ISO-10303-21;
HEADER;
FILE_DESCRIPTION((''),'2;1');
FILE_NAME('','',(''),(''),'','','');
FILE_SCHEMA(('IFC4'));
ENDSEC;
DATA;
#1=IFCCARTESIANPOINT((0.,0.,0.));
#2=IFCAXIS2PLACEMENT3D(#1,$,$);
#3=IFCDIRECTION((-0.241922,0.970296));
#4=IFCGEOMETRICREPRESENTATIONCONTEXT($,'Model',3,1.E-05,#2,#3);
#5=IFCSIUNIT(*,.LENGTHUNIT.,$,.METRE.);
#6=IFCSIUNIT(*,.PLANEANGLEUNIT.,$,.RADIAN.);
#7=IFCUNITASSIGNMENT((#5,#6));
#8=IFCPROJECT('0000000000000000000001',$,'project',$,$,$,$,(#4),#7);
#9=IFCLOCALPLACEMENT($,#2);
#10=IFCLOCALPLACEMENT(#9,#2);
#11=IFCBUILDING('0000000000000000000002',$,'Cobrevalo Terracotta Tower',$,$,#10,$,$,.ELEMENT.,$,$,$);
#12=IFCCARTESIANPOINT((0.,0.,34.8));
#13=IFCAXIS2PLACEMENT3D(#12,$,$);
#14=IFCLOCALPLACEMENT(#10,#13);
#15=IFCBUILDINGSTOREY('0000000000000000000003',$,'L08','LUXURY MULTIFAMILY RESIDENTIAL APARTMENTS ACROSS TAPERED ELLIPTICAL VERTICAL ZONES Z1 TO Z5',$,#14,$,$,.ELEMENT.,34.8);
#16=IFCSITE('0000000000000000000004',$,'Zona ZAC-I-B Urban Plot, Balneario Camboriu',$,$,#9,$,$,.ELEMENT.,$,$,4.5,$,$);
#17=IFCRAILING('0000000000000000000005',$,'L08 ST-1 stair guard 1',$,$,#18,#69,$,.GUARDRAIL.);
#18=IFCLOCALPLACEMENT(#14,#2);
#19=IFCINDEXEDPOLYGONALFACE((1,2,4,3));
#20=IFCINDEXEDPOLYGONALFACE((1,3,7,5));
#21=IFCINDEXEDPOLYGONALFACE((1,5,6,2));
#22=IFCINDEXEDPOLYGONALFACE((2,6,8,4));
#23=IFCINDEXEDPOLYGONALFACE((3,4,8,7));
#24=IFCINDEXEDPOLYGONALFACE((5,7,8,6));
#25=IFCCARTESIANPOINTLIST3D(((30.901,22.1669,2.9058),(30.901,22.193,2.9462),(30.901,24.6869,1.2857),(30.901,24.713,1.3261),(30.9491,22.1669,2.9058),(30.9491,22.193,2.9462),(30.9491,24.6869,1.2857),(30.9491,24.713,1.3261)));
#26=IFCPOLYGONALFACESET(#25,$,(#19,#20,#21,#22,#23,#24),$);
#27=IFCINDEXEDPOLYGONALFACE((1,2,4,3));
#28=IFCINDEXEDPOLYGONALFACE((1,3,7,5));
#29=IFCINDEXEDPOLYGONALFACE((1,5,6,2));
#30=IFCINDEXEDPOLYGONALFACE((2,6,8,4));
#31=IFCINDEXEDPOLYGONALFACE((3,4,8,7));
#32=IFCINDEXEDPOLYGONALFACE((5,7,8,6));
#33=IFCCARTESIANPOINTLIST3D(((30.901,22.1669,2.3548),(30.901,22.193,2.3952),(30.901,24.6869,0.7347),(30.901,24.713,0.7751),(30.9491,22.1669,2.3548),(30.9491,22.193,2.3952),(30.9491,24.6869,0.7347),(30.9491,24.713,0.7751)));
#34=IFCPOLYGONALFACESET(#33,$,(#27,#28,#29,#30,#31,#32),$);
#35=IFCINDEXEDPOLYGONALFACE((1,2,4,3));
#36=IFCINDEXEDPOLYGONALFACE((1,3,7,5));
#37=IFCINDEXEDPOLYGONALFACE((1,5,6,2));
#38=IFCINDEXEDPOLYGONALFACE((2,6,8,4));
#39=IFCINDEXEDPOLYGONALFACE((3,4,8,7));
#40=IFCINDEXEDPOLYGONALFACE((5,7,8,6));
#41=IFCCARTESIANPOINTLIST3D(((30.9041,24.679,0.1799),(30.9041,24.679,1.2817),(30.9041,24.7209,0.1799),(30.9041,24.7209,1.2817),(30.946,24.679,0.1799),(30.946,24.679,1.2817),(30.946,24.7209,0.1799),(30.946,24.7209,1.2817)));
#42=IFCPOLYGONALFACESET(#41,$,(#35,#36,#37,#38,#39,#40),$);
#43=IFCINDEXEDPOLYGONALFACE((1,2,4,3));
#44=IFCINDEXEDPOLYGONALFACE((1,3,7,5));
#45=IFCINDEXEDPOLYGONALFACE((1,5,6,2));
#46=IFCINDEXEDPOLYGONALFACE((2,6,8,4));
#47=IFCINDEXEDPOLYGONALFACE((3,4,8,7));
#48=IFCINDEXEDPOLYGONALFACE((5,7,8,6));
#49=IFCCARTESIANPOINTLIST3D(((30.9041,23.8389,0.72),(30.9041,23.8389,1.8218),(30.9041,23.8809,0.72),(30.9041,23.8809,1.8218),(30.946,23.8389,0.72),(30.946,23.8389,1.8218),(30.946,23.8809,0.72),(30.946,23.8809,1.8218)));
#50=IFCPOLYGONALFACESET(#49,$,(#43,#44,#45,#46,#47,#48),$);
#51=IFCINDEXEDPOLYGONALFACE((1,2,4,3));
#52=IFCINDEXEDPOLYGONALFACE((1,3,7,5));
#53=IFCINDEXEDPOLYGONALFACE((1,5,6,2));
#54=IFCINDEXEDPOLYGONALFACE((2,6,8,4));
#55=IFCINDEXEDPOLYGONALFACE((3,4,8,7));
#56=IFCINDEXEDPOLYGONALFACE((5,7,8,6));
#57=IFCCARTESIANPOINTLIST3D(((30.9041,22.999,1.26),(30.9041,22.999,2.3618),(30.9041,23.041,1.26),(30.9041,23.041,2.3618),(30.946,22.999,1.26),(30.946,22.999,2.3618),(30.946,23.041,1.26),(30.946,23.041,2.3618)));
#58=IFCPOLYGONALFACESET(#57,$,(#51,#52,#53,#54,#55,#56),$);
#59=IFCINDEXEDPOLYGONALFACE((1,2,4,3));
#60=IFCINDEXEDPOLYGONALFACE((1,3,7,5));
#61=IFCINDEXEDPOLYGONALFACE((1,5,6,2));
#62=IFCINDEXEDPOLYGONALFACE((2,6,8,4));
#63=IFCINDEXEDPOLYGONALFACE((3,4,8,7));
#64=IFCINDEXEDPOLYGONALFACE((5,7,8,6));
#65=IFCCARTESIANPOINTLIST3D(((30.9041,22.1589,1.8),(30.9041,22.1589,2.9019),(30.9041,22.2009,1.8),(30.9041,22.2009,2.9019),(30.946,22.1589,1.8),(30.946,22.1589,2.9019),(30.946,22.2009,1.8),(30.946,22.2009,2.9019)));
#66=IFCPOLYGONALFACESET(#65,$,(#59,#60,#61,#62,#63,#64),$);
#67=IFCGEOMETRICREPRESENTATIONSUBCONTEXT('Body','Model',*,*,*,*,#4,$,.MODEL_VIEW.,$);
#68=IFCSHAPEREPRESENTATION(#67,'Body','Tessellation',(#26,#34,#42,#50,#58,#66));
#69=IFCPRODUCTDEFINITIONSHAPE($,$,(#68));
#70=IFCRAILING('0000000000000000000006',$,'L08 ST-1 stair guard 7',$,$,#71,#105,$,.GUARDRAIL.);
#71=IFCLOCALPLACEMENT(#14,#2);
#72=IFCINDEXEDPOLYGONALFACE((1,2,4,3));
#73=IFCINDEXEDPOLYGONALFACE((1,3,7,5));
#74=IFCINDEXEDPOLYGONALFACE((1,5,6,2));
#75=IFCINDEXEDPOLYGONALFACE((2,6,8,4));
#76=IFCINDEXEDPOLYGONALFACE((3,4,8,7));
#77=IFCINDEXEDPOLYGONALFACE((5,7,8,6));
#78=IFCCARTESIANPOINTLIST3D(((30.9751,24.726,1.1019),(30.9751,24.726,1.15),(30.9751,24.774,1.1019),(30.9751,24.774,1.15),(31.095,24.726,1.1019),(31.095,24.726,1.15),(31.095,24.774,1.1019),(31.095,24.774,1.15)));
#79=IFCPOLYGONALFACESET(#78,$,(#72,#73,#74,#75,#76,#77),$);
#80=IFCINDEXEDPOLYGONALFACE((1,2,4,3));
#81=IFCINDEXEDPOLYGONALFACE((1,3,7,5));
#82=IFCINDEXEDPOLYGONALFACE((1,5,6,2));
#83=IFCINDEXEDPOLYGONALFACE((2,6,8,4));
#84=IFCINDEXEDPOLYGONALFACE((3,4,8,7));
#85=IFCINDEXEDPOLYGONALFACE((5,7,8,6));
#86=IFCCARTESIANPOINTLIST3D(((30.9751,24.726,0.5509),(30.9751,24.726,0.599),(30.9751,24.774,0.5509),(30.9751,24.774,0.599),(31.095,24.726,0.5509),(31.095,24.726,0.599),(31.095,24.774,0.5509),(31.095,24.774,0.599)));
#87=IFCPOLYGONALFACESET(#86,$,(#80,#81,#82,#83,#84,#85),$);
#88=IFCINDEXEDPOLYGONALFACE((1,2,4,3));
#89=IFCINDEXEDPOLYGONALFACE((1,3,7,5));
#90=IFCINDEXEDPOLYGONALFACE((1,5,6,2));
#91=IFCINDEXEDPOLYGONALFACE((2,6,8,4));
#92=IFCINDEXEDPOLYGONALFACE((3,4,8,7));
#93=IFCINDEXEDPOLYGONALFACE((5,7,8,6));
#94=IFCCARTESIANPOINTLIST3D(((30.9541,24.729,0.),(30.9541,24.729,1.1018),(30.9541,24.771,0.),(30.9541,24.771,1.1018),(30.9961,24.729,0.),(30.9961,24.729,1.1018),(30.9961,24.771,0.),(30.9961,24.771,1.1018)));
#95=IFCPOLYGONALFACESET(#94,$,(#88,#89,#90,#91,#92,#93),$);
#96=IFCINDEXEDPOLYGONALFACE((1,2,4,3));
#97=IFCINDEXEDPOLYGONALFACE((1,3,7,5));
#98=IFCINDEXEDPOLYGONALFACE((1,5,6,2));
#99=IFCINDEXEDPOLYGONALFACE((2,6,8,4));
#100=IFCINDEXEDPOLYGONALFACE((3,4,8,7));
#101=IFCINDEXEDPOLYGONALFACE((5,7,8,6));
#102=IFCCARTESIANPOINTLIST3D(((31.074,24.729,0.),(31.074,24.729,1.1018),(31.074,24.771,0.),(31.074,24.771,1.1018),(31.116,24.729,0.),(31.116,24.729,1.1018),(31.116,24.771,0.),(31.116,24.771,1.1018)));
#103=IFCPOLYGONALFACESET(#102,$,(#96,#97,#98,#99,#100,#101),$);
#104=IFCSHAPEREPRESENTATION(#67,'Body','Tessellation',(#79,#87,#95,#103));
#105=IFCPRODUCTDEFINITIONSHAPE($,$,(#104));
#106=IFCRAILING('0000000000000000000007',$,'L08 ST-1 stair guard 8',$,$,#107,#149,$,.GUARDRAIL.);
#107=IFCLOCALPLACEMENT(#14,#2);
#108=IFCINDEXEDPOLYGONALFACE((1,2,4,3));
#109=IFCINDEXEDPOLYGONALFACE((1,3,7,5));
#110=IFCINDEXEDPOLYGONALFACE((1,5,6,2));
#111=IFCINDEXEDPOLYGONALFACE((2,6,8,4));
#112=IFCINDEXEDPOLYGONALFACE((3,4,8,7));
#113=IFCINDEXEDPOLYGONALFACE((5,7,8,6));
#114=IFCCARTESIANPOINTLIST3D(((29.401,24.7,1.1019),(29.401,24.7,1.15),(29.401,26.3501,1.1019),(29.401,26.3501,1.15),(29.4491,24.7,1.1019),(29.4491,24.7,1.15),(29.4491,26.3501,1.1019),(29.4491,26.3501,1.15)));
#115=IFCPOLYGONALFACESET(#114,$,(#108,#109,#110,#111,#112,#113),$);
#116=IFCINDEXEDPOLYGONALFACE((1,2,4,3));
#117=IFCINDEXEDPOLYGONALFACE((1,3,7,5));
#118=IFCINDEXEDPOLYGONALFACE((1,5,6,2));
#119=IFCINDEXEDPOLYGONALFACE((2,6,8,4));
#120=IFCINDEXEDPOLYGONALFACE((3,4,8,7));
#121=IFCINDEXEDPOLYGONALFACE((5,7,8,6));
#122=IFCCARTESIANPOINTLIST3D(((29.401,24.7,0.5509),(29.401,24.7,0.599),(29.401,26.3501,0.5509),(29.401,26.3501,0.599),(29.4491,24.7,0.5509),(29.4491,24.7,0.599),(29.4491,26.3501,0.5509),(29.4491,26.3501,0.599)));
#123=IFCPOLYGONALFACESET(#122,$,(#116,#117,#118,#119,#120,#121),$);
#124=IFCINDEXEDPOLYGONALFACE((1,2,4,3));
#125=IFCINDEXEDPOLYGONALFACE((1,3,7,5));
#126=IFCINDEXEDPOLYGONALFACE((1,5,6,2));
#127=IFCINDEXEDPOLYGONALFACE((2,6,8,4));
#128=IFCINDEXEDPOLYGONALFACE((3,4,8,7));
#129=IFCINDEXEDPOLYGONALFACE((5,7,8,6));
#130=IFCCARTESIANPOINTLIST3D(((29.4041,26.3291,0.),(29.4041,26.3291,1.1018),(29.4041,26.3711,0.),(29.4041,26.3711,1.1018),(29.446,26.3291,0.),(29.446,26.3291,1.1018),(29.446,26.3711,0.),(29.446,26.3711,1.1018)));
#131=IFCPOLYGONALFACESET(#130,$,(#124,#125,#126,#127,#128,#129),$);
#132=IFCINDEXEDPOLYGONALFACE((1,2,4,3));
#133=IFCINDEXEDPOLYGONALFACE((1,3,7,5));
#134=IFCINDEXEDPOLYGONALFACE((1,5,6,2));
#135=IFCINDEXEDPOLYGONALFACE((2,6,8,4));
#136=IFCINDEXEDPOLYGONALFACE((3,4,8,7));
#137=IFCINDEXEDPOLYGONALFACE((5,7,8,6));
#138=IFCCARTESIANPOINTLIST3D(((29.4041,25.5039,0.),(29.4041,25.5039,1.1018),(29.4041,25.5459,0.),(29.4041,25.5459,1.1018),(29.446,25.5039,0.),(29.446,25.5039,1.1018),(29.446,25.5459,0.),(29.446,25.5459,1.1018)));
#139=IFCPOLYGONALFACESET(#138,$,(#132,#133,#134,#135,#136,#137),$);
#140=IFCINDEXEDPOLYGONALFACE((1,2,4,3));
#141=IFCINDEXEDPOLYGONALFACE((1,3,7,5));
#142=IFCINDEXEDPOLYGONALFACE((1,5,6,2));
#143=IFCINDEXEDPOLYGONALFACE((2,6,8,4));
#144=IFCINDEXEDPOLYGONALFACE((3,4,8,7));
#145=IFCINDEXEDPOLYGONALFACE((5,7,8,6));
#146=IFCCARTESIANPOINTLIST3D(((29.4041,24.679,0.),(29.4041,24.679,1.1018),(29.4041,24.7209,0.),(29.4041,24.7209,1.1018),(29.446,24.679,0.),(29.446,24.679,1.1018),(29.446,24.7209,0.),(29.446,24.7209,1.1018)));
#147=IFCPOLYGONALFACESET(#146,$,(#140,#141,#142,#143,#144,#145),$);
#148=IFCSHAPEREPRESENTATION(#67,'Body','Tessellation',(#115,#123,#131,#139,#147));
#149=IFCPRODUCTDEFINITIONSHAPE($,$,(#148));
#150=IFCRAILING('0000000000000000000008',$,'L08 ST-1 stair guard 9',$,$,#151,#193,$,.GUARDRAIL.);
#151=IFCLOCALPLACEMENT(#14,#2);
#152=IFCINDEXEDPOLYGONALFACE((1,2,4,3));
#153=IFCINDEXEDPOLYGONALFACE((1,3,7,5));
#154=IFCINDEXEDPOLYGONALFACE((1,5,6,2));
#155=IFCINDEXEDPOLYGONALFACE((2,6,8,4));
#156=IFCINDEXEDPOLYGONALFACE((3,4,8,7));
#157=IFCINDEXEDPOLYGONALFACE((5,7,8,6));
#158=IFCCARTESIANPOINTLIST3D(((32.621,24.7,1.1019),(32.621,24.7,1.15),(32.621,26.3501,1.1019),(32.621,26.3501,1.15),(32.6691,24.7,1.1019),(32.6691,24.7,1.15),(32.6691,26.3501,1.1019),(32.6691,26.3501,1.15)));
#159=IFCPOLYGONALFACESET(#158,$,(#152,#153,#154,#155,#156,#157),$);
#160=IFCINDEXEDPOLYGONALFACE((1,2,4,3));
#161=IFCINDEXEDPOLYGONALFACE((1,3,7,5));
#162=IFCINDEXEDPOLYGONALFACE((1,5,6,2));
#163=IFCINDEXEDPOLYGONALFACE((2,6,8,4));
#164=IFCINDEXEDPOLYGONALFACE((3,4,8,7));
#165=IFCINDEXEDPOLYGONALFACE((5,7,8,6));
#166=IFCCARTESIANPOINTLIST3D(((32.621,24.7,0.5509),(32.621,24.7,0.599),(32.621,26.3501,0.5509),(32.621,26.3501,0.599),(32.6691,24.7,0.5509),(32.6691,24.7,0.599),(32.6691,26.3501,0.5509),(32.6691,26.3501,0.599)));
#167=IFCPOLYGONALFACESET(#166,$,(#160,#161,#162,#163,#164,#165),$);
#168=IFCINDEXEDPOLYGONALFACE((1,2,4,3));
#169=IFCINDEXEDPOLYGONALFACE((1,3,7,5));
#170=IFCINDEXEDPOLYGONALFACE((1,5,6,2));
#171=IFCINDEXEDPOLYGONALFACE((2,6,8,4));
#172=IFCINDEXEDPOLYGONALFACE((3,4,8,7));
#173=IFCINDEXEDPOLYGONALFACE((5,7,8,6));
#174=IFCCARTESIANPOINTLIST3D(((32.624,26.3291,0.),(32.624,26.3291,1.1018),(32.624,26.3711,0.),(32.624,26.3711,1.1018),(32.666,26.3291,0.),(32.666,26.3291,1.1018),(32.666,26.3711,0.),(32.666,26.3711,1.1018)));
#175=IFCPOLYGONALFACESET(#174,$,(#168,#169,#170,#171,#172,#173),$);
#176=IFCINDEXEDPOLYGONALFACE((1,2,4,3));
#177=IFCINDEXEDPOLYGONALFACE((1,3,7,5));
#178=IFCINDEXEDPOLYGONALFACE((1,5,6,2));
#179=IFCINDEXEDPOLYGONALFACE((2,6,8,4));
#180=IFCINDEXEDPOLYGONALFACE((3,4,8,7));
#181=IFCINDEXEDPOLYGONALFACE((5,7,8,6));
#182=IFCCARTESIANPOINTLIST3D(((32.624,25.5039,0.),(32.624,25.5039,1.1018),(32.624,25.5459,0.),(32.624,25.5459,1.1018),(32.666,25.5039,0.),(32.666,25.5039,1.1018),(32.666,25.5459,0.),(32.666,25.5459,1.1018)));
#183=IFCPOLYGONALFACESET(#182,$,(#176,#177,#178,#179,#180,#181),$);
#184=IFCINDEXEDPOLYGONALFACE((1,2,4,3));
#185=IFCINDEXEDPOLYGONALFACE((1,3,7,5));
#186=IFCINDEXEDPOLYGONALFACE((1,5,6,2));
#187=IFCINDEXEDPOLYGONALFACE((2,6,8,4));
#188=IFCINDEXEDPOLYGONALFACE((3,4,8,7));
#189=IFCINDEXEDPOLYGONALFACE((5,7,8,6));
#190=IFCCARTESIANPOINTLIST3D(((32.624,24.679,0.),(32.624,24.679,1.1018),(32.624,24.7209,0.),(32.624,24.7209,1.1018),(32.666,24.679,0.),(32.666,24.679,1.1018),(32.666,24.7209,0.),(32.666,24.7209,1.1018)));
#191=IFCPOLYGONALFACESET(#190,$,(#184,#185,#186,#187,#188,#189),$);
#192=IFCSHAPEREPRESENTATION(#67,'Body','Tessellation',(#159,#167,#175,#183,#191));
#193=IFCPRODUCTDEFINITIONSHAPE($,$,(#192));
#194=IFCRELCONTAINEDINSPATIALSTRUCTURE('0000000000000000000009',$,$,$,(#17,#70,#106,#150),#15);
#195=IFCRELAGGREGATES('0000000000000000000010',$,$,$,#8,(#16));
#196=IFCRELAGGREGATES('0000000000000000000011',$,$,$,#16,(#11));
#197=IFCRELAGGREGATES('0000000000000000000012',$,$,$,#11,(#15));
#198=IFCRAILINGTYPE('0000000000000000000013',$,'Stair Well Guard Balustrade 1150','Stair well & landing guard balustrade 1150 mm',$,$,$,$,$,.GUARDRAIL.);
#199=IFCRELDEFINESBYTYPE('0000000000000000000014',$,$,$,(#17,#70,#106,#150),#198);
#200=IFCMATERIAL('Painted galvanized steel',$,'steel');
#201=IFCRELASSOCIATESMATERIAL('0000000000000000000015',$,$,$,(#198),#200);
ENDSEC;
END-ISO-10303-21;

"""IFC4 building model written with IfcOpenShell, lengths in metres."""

from ifc_helpers import new_model, si_unit, direction, frame, origin, origin_2d, place, context, subcontext, project, spatial, rectangle, extrude, material, type_object, element, save


model = new_model("IFC4")

# Units and contexts
model_context = context("Model", 3, precision=1e-05, world=origin(), true_north=direction((-0.241922, 0.970296)))
body_context = subcontext(model_context, "Body", "Model", "MODEL_VIEW")
ifc_project = project(units=[si_unit("LENGTHUNIT", "METRE"), si_unit("PLANEANGLEUNIT", "RADIAN")], contexts=[model_context])

# Site, building, storey
site_placement = place(None, origin())
site = spatial("IfcSite", under=ifc_project, at=site_placement, Name="Zona ZAC-I-B Urban Plot, Balneario Camboriu", CompositionType="ELEMENT", RefElevation=4.5)
building_placement = place(site_placement, origin())
building = spatial("IfcBuilding", under=site, at=building_placement, Name="Cobrevalo Terracotta Tower", CompositionType="ELEMENT")
storey_placement = place(building_placement, frame((0.0, 0.0, 34.8)))
storey = spatial("IfcBuildingStorey", under=building, at=storey_placement, Name="L08", Description="LUXURY MULTIFAMILY RESIDENTIAL APARTMENTS ACROSS TAPERED ELLIPTICAL VERTICAL ZONES Z1 TO Z5", CompositionType="ELEMENT", Elevation=34.8)

# Railings
ifc_material_1 = material(Name="Painted galvanized steel", Category="steel")
railing_type_1 = type_object("IfcRailingType", Name="Stair Well Guard Balustrade 1150", Description="Stair well & landing guard balustrade 1150 mm", PredefinedType="GUARDRAIL", material=ifc_material_1)
railing_1_placement = place(storey_placement, frame((30.925, 24.7, 0.1799)))
element("IfcRailing", 1, at=railing_1_placement, inside=storey, type_object=railing_type_1, Name="L08 ST-1 stair guard 1", PredefinedType="GUARDRAIL", context=body_context, shape_type="SweptSolid", body=[
    extrude(rectangle(XDim=0.0481, YDim=0.0481, at=origin_2d()), frame((0.0, 0.0, 1.126), z_axis=(0.0, -0.841163, 0.540782), x_axis=(1.0, 0.0, 0.0)), (0.0, 0.0, 1.0), 2.9958),
    extrude(rectangle(XDim=0.0481, YDim=0.0481, at=origin_2d()), frame((0.0, 0.0, 0.575), z_axis=(0.0, -0.841163, 0.540782), x_axis=(1.0, 0.0, 0.0)), (0.0, 0.0, 1.0), 2.9958),
    extrude(rectangle(XDim=0.042, YDim=0.042, at=origin_2d()), origin(), (0.0, 0.0, 1.0), 1.1018),
    extrude(rectangle(XDim=0.042, YDim=0.042, at=origin_2d()), frame((0.0, -0.8401, 0.54)), (0.0, 0.0, 1.0), 1.1018),
    extrude(rectangle(XDim=0.042, YDim=0.042, at=origin_2d()), frame((0.0, -1.6799, 1.0801)), (0.0, 0.0, 1.0), 1.1018),
    extrude(rectangle(XDim=0.042, YDim=0.042, at=origin_2d()), frame((0.0, -2.52, 1.6201)), (0.0, 0.0, 1.0), 1.1018),
])
railing_2_placement = place(storey_placement, frame((30.9751, 24.75, 0.0)))
element("IfcRailing", 2, at=railing_2_placement, inside=storey, type_object=railing_type_1, Name="L08 ST-1 stair guard 7", PredefinedType="GUARDRAIL", context=body_context, shape_type="SweptSolid", body=[
    extrude(rectangle(XDim=0.0481, YDim=0.0481, at=origin_2d()), frame((0.0, 0.0, 1.126), z_axis=(1.0, 0.0, 0.0), x_axis=(0.0, 1.0, 0.0)), (0.0, 0.0, 1.0), 0.1199),
    extrude(rectangle(XDim=0.0481, YDim=0.0481, at=origin_2d()), frame((0.0, 0.0, 0.575), z_axis=(1.0, 0.0, 0.0), x_axis=(0.0, 1.0, 0.0)), (0.0, 0.0, 1.0), 0.1199),
    extrude(rectangle(XDim=0.042, YDim=0.042, at=origin_2d()), origin(), (0.0, 0.0, 1.0), 1.1018),
    extrude(rectangle(XDim=0.042, YDim=0.042, at=origin_2d()), frame((0.1199, 0.0, 0.0)), (0.0, 0.0, 1.0), 1.1018),
])
for number, where, name in (
    (3, (29.425, 26.3501, 0.0), "L08 ST-1 stair guard 8"),
    (4, (32.645, 26.3501, 0.0), "L08 ST-1 stair guard 9"),
):
    element("IfcRailing", number, at=place(storey_placement, frame(where)), inside=storey, type_object=railing_type_1, Name=name, PredefinedType="GUARDRAIL", context=body_context, shape_type="SweptSolid", body=[
        extrude(rectangle(XDim=0.0481, YDim=0.0481, at=origin_2d()), frame((0.0, 0.0, 1.126), z_axis=(0.0, -1.0, 0.0), x_axis=(1.0, 0.0, 0.0)), (0.0, 0.0, 1.0), 1.6501),
        extrude(rectangle(XDim=0.0481, YDim=0.0481, at=origin_2d()), frame((0.0, 0.0, 0.575), z_axis=(0.0, -1.0, 0.0), x_axis=(1.0, 0.0, 0.0)), (0.0, 0.0, 1.0), 1.6501),
        extrude(rectangle(XDim=0.042, YDim=0.042, at=origin_2d()), origin(), (0.0, 0.0, 1.0), 1.1018),
        extrude(rectangle(XDim=0.042, YDim=0.042, at=origin_2d()), frame((0.0, -0.8252, 0.0)), (0.0, 0.0, 1.0), 1.1018),
        extrude(rectangle(XDim=0.042, YDim=0.042, at=origin_2d()), frame((0.0, -1.6501, 0.0)), (0.0, 0.0, 1.0), 1.1018),
    ])

save(model, "model.ifc")
